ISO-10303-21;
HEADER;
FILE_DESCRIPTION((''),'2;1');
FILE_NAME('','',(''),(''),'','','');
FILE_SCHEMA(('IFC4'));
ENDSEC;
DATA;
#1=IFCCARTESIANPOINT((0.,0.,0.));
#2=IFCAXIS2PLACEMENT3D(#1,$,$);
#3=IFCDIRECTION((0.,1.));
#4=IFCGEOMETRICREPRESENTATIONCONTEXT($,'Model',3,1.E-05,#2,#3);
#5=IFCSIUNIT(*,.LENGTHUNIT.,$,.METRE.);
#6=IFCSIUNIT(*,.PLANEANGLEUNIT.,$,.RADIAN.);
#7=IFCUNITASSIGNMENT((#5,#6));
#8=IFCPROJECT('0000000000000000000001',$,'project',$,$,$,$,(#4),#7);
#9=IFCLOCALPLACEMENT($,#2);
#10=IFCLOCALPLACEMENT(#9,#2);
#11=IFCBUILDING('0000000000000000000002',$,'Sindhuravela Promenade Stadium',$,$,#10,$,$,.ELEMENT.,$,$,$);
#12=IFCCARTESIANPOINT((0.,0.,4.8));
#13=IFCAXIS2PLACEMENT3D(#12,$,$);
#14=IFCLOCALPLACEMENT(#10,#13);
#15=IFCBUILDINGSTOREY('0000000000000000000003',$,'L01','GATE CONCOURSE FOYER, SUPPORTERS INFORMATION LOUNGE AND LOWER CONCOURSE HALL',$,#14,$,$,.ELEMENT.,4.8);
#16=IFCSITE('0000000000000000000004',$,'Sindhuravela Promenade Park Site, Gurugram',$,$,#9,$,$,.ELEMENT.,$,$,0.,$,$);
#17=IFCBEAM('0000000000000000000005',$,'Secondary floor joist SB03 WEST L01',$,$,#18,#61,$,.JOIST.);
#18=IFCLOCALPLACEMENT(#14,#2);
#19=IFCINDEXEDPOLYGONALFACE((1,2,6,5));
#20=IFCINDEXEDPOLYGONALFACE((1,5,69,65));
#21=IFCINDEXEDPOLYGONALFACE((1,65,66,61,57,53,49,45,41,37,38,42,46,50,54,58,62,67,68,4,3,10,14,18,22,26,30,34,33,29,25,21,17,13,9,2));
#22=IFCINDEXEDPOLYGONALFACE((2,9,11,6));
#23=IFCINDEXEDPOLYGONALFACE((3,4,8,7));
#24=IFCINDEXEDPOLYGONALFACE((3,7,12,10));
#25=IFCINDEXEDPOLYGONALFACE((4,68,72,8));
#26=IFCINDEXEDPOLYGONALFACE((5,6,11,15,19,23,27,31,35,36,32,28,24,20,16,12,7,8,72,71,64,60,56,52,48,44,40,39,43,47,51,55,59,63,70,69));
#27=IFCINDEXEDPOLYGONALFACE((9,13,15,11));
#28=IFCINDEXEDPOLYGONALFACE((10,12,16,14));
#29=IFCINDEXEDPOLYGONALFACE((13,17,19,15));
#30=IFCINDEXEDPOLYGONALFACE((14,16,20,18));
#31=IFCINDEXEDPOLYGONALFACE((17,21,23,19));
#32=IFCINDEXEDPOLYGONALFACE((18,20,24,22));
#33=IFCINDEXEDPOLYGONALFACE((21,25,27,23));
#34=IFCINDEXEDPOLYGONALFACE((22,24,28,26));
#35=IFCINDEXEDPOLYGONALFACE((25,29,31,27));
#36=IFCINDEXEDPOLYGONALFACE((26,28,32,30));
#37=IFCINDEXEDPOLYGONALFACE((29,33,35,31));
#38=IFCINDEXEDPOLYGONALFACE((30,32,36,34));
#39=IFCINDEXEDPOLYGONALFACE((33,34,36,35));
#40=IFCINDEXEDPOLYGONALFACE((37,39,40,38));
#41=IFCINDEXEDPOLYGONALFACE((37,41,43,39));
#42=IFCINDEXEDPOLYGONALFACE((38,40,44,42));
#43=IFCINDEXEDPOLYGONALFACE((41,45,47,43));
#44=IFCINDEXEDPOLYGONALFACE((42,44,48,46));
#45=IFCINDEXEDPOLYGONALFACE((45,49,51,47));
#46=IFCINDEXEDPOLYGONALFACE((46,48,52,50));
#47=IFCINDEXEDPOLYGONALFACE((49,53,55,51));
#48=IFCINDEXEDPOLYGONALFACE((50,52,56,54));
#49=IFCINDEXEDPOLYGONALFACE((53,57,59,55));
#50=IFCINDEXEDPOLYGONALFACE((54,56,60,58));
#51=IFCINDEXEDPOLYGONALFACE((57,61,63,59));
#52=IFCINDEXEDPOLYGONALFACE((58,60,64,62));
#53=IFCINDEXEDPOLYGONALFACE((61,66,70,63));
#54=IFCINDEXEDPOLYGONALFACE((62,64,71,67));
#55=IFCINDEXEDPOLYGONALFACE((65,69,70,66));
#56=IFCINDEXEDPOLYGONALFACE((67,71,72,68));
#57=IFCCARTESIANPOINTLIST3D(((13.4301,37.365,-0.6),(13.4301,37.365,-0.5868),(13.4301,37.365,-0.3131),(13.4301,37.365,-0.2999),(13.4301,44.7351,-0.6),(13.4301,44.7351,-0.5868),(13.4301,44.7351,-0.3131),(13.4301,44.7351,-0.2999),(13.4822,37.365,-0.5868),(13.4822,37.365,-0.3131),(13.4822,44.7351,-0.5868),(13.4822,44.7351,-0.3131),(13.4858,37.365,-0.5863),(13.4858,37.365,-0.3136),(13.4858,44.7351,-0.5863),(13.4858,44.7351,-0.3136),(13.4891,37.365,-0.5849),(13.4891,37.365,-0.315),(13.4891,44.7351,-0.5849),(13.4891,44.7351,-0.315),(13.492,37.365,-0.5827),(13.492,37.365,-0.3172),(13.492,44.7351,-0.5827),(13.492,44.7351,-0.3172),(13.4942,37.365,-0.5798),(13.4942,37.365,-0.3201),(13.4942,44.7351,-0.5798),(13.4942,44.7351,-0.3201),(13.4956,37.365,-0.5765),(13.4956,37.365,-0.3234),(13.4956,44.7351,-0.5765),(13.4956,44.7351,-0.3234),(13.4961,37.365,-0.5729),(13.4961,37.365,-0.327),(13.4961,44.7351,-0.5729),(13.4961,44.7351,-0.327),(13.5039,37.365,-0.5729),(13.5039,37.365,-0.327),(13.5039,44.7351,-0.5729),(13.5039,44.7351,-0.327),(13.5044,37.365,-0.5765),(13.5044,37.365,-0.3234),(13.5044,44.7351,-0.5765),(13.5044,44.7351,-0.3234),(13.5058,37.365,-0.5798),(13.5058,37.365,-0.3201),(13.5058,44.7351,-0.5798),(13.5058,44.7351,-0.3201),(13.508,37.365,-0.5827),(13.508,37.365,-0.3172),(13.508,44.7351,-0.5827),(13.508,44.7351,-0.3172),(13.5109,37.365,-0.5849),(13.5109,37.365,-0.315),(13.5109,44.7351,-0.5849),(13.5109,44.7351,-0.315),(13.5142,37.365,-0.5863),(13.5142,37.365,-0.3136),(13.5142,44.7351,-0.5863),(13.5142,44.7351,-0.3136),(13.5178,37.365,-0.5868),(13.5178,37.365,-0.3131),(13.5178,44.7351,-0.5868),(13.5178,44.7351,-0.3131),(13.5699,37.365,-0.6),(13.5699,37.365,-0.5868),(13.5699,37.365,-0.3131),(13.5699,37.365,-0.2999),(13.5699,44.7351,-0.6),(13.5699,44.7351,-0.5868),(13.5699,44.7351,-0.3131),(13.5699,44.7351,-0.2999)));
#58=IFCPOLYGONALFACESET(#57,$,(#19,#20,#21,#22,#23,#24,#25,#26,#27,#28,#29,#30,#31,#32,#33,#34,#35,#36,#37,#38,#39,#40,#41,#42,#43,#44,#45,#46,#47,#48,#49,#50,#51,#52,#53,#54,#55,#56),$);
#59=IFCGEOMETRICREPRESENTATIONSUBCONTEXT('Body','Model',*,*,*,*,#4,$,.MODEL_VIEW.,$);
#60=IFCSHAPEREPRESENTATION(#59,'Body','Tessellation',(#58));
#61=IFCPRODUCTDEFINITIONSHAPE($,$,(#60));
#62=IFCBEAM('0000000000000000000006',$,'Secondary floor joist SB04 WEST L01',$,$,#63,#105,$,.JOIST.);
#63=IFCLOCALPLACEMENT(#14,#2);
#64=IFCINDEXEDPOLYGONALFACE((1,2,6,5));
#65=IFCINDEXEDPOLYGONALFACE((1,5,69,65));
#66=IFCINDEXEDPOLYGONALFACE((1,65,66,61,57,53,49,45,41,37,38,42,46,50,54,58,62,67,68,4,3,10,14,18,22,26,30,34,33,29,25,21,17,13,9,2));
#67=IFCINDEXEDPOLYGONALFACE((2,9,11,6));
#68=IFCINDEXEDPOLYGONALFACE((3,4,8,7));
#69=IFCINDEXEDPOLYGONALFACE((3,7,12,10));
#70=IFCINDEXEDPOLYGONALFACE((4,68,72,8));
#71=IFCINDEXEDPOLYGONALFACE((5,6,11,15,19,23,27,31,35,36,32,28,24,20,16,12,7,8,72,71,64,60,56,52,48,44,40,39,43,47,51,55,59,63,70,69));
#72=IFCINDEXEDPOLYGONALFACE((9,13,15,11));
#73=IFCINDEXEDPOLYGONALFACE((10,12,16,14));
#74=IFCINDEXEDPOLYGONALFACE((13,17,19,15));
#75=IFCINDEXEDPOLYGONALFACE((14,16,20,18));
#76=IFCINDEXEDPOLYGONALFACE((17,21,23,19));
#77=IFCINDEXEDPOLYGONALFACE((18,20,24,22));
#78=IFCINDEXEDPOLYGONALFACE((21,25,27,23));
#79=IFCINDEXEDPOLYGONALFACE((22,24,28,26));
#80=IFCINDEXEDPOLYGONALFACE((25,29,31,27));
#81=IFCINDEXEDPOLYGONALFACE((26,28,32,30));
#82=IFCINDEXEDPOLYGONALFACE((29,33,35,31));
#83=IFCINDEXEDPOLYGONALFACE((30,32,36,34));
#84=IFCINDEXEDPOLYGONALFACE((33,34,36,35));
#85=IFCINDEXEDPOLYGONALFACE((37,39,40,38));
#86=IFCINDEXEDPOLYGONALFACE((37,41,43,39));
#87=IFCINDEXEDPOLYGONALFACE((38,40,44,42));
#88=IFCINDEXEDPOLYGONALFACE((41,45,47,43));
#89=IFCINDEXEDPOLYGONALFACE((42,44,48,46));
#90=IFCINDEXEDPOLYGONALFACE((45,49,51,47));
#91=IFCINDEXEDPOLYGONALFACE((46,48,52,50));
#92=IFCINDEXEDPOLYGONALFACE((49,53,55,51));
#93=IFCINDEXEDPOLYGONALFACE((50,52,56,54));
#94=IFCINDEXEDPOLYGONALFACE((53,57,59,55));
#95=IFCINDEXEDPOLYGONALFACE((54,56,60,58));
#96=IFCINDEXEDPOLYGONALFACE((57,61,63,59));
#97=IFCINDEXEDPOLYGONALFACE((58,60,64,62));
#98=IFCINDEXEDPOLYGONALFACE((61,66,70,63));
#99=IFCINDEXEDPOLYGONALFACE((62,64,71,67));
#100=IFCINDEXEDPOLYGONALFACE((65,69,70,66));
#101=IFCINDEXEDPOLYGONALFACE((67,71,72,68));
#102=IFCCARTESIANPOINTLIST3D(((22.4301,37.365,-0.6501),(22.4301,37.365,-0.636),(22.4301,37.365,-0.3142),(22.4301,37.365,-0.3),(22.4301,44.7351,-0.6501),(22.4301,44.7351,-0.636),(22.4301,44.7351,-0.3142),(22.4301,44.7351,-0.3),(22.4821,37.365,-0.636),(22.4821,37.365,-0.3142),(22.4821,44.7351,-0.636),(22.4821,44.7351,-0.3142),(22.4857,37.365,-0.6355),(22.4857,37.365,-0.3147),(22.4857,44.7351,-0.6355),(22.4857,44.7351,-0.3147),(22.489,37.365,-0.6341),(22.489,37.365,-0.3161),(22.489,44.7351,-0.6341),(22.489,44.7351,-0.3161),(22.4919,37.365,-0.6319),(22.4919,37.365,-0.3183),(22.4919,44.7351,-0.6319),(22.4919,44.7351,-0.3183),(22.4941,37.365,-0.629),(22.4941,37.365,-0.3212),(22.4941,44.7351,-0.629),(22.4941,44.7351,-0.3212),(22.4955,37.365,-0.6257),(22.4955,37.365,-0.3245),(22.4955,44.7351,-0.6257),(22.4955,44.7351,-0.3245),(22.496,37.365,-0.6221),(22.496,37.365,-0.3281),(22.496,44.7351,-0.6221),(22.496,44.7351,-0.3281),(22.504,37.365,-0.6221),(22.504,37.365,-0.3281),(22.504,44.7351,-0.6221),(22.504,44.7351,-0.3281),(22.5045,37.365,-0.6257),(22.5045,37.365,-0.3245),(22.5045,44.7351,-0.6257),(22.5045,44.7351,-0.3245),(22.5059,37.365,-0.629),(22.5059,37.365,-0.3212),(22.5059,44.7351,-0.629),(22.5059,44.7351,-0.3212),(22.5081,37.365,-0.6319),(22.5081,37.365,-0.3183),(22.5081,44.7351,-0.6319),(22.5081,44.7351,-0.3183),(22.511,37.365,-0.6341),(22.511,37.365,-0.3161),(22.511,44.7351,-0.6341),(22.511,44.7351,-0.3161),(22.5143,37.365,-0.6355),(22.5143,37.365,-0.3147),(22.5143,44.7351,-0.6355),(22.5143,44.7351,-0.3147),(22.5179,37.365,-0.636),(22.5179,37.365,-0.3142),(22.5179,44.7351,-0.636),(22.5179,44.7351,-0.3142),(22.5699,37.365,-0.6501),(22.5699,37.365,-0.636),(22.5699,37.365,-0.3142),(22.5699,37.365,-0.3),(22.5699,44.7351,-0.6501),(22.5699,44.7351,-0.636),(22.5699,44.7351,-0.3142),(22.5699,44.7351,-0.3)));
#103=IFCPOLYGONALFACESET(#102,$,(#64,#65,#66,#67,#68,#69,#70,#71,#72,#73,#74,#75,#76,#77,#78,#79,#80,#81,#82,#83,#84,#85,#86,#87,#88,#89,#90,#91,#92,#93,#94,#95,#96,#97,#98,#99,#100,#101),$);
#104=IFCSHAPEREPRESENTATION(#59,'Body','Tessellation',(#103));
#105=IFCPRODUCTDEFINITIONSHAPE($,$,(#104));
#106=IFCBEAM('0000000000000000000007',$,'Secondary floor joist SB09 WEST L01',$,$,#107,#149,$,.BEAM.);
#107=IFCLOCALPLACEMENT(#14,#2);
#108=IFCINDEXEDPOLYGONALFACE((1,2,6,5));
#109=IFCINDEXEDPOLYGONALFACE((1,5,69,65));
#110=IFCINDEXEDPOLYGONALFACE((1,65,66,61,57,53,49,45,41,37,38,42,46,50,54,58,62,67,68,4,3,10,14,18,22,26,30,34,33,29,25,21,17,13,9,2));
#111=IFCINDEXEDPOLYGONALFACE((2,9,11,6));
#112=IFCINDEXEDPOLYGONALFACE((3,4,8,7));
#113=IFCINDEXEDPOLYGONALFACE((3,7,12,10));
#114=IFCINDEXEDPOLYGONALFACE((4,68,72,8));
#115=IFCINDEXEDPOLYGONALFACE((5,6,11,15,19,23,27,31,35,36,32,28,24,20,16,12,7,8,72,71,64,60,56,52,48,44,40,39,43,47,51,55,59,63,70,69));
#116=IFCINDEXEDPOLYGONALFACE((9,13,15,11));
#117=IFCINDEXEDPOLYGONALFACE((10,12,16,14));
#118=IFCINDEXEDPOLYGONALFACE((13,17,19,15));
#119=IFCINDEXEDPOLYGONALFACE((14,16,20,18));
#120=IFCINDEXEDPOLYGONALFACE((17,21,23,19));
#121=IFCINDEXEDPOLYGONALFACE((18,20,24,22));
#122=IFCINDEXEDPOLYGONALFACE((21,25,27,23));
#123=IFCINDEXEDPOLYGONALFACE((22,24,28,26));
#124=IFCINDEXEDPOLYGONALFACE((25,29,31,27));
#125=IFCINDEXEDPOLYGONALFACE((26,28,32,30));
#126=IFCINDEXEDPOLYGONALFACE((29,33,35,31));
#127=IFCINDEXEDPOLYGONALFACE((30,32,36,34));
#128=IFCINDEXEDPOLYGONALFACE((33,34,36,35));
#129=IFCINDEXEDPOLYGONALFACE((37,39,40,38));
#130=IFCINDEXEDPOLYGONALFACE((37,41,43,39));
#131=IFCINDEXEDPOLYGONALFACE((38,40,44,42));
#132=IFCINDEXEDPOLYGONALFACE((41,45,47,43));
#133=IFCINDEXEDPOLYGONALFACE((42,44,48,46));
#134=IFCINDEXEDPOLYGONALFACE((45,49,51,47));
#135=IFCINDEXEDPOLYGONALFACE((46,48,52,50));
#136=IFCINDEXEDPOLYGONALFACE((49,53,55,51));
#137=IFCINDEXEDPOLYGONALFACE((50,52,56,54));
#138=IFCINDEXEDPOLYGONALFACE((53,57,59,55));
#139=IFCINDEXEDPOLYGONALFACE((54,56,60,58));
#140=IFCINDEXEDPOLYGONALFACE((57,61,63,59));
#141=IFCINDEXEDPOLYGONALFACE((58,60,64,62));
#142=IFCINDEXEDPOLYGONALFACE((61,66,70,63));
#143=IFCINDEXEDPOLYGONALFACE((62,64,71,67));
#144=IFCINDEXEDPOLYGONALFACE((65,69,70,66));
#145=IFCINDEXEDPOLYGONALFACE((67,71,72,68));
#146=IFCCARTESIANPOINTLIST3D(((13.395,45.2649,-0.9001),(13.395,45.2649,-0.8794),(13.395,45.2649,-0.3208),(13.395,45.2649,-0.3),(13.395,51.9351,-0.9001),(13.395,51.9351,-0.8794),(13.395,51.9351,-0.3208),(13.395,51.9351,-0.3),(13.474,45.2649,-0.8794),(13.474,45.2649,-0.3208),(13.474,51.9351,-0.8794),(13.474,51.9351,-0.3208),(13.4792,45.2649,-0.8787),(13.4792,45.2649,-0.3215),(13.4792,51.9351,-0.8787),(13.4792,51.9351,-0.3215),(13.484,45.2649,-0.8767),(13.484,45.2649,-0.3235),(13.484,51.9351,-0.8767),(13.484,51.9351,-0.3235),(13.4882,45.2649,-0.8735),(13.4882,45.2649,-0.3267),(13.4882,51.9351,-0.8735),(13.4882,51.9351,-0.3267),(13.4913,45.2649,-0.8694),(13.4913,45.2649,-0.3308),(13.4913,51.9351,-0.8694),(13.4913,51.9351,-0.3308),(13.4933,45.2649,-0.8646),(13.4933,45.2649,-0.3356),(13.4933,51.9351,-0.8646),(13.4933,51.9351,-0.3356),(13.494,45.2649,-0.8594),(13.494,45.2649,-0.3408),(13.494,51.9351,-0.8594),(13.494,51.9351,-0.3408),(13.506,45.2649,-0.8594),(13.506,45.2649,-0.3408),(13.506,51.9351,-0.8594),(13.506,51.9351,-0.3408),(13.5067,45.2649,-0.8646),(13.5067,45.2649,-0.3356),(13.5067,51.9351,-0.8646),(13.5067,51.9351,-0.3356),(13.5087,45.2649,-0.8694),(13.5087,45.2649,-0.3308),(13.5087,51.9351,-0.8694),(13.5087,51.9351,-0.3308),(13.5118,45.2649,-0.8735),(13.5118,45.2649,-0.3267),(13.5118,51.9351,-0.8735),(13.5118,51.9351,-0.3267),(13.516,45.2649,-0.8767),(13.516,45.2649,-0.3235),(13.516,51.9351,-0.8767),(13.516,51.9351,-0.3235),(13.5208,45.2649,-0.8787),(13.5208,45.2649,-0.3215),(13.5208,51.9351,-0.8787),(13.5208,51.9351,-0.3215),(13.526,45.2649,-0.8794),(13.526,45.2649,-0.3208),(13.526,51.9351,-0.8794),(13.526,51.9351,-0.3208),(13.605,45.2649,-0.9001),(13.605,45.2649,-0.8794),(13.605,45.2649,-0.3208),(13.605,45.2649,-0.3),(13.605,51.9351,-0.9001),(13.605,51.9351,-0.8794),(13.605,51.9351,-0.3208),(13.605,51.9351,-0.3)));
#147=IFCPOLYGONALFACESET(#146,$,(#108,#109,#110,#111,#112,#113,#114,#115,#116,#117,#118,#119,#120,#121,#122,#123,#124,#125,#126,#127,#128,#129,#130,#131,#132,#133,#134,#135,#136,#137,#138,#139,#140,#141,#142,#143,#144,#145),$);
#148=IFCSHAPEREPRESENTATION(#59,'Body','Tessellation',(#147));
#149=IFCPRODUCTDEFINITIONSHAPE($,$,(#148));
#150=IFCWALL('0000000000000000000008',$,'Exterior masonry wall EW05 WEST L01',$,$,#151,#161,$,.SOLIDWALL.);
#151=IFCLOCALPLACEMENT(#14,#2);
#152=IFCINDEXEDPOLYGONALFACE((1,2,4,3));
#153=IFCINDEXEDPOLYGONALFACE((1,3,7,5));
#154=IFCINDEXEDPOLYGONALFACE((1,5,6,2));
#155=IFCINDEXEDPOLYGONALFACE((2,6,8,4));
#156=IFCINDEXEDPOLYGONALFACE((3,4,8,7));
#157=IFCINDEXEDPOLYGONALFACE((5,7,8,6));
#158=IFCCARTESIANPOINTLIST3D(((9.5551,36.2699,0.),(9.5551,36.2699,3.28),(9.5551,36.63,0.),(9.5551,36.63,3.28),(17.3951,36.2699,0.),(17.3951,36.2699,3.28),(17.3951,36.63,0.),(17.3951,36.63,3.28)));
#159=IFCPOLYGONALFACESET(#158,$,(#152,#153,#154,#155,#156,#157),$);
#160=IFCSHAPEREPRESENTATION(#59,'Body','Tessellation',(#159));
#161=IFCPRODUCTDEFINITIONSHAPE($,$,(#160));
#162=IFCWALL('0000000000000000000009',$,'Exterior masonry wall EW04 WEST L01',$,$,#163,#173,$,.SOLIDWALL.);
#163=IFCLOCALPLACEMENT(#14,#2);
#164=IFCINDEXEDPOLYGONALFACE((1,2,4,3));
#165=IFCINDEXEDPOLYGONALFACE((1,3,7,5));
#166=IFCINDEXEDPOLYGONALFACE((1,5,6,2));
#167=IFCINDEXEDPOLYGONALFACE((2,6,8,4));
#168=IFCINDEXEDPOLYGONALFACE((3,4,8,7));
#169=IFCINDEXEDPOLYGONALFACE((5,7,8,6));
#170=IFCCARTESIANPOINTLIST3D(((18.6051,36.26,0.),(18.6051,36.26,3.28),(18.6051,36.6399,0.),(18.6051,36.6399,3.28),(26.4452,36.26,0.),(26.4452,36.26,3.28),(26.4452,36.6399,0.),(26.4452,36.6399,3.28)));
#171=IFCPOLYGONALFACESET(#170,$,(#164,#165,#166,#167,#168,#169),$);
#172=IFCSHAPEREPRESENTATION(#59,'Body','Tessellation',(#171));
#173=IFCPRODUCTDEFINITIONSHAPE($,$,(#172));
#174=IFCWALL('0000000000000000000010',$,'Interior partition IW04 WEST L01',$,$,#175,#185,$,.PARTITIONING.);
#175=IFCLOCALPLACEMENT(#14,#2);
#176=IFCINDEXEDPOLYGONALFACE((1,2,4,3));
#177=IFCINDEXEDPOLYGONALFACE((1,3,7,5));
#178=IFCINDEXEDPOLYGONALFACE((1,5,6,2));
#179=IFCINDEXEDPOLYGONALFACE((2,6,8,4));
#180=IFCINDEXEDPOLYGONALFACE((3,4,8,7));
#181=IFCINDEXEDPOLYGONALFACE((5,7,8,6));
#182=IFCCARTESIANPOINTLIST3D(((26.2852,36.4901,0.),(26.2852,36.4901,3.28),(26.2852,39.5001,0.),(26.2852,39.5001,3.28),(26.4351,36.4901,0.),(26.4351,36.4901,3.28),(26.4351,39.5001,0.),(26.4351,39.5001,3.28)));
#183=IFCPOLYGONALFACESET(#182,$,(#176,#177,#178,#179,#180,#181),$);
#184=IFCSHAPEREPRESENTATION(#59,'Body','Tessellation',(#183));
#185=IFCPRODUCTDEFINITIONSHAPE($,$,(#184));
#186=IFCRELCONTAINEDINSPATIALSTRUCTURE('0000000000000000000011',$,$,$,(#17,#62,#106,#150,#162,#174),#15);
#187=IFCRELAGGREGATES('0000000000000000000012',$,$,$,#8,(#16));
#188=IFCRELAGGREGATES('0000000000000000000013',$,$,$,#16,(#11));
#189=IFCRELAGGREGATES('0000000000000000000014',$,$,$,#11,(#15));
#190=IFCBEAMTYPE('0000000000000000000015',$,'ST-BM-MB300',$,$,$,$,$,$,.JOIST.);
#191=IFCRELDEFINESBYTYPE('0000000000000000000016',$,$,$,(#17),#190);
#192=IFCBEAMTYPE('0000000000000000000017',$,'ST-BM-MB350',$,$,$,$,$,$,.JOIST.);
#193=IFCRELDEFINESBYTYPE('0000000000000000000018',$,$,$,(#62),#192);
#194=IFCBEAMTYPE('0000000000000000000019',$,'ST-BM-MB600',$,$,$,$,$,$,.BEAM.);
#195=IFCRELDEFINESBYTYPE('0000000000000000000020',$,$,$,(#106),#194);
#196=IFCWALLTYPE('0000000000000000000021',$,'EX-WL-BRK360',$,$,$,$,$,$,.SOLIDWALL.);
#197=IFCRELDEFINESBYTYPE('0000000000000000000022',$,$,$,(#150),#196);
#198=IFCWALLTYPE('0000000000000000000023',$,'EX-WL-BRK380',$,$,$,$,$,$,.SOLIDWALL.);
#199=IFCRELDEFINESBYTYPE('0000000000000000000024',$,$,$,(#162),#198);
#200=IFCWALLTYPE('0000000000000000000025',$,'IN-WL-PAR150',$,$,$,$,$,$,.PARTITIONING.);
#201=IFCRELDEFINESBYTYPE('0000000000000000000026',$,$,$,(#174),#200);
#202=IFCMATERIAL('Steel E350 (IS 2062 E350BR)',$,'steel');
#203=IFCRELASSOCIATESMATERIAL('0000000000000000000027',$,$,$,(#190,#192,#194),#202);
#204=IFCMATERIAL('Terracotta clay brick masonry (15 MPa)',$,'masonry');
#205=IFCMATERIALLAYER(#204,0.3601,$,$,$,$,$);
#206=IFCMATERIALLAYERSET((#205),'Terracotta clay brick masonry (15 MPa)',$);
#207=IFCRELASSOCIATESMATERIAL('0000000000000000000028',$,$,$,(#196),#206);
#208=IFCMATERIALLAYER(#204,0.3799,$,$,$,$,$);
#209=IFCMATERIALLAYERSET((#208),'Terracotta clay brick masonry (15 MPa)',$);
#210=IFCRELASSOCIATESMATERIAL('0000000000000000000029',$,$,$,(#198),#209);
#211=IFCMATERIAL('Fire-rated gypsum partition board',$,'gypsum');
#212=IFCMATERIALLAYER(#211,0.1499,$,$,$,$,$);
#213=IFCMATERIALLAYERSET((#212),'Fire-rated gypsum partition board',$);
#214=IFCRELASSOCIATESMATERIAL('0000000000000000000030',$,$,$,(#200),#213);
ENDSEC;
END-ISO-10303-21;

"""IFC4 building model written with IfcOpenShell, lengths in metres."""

from ifc_helpers import new_model, si_unit, direction, frame, frame_2d, origin, origin_2d, place, context, subcontext, project, spatial, rectangle, i_section, extrude, material, layer, layer_set, material_profile, profile_set, type_object, element, save


model = new_model("IFC4")

# Units and contexts
model_context = context("Model", 3, precision=1e-05, world=origin(), true_north=direction((0.0, 1.0)))
body_context = subcontext(model_context, "Body", "Model", "MODEL_VIEW")
ifc_project = project(units=[si_unit("LENGTHUNIT", "METRE"), si_unit("PLANEANGLEUNIT", "RADIAN")], contexts=[model_context])

# Site, building, storey
site_placement = place(None, origin())
site = spatial("IfcSite", under=ifc_project, at=site_placement, Name="Sindhuravela Promenade Park Site, Gurugram", CompositionType="ELEMENT", RefElevation=0.0)
building_placement = place(site_placement, origin())
building = spatial("IfcBuilding", under=site, at=building_placement, Name="Sindhuravela Promenade Stadium", CompositionType="ELEMENT")
storey_placement = place(building_placement, frame((0.0, 0.0, 4.8)))
storey = spatial("IfcBuildingStorey", under=building, at=storey_placement, Name="L01", Description="GATE CONCOURSE FOYER, SUPPORTERS INFORMATION LOUNGE AND LOWER CONCOURSE HALL", CompositionType="ELEMENT", Elevation=4.8)

# Beams
ifc_material_1 = material(Name="Steel E350 (IS 2062 E350BR)", Category="steel")
ifc_material_profile_1 = material_profile(ifc_material_1, i_section(OverallWidth=0.1399, OverallDepth=0.3, WebThickness=0.0078, FlangeThickness=0.0132, FilletRadius=0.0139, at=origin_2d()), Name="ISMB 300")
ifc_profile_set_1 = profile_set([ifc_material_profile_1], Name="Steel E350 (IS 2062 E350BR)")
beam_type_1 = type_object("IfcBeamType", Name="ST-BM-MB300", PredefinedType="JOIST", material=ifc_profile_set_1)
beam_1_placement = place(storey_placement, frame((13.5, 37.365, -0.45), z_axis=(0.0, 1.0, 0.0), x_axis=(-1.0, 0.0, 0.0)))
element("IfcBeam", 1, at=beam_1_placement, inside=storey, type_object=beam_type_1, Name="Secondary floor joist SB03 WEST L01", PredefinedType="JOIST", context=body_context, shape_type="SweptSolid", body=[
    extrude(i_section(OverallWidth=0.1399, OverallDepth=0.3, WebThickness=0.0078, FlangeThickness=0.0132, FilletRadius=0.0139, at=origin_2d()), origin(), (0.0, 0.0, 1.0), 7.3701),
])
ifc_material_profile_2 = material_profile(ifc_material_1, i_section(OverallWidth=0.1399, OverallDepth=0.3501, WebThickness=0.0081, FlangeThickness=0.0142, FilletRadius=0.0139, at=origin_2d()), Name="ISMB 350")
ifc_profile_set_2 = profile_set([ifc_material_profile_2], Name="Steel E350 (IS 2062 E350BR)")
beam_type_2 = type_object("IfcBeamType", Name="ST-BM-MB350", PredefinedType="JOIST", material=ifc_profile_set_2)
beam_2_placement = place(storey_placement, frame((22.5, 37.365, -0.4751), z_axis=(0.0, 1.0, 0.0), x_axis=(-1.0, 0.0, 0.0)))
element("IfcBeam", 2, at=beam_2_placement, inside=storey, type_object=beam_type_2, Name="Secondary floor joist SB04 WEST L01", PredefinedType="JOIST", context=body_context, shape_type="SweptSolid", body=[
    extrude(i_section(OverallWidth=0.1399, OverallDepth=0.3501, WebThickness=0.0081, FlangeThickness=0.0142, FilletRadius=0.0139, at=origin_2d()), origin(), (0.0, 0.0, 1.0), 7.3701),
])
ifc_material_profile_3 = material_profile(ifc_material_1, i_section(OverallWidth=0.21, OverallDepth=0.6001, WebThickness=0.012, FlangeThickness=0.0208, FilletRadius=0.02, at=origin_2d()), Name="ISMB 600")
ifc_profile_set_3 = profile_set([ifc_material_profile_3], Name="Steel E350 (IS 2062 E350BR)")
beam_type_3 = type_object("IfcBeamType", Name="ST-BM-MB600", PredefinedType="BEAM", material=ifc_profile_set_3)
beam_3_placement = place(storey_placement, frame((13.5, 45.2649, -0.6001), z_axis=(0.0, 1.0, 0.0), x_axis=(-1.0, 0.0, 0.0)))
element("IfcBeam", 3, at=beam_3_placement, inside=storey, type_object=beam_type_3, Name="Secondary floor joist SB09 WEST L01", PredefinedType="BEAM", context=body_context, shape_type="SweptSolid", body=[
    extrude(i_section(OverallWidth=0.21, OverallDepth=0.6001, WebThickness=0.012, FlangeThickness=0.0208, FilletRadius=0.02, at=origin_2d()), origin(), (0.0, 0.0, 1.0), 6.6702),
])

# Walls
ifc_material_2 = material(Name="Terracotta clay brick masonry (15 MPa)", Category="masonry")
ifc_layer_1 = layer(ifc_material_2, 0.3601)
ifc_layer_set_1 = layer_set([ifc_layer_1], Name="Terracotta clay brick masonry (15 MPa)")
wall_type_1 = type_object("IfcWallType", Name="EX-WL-BRK360", PredefinedType="SOLIDWALL", material=ifc_layer_set_1)
wall_1_placement = place(storey_placement, frame((17.395, 36.45, 0.0), z_axis=(0.0, 0.0, 1.0), x_axis=(-1.0, 0.0, 0.0)))
element("IfcWall", 4, at=wall_1_placement, inside=storey, type_object=wall_type_1, Name="Exterior masonry wall EW05 WEST L01", PredefinedType="SOLIDWALL", context=body_context, shape_type="SweptSolid", body=[
    extrude(rectangle(XDim=7.8401, YDim=0.3601, at=frame_2d((3.9199, 0.0))), origin(), (0.0, 0.0, 1.0), 3.28),
])
ifc_layer_2 = layer(ifc_material_2, 0.3799)
ifc_layer_set_2 = layer_set([ifc_layer_2], Name="Terracotta clay brick masonry (15 MPa)")
wall_type_2 = type_object("IfcWallType", Name="EX-WL-BRK380", PredefinedType="SOLIDWALL", material=ifc_layer_set_2)
wall_2_placement = place(storey_placement, frame((26.4451, 36.45, 0.0), z_axis=(0.0, 0.0, 1.0), x_axis=(-1.0, 0.0, 0.0)))
element("IfcWall", 5, at=wall_2_placement, inside=storey, type_object=wall_type_2, Name="Exterior masonry wall EW04 WEST L01", PredefinedType="SOLIDWALL", context=body_context, shape_type="SweptSolid", body=[
    extrude(rectangle(XDim=7.8401, YDim=0.3799, at=frame_2d((3.9199, 0.0))), origin(), (0.0, 0.0, 1.0), 3.28),
])
ifc_material_3 = material(Name="Fire-rated gypsum partition board", Category="gypsum")
ifc_layer_3 = layer(ifc_material_3, 0.1499)
ifc_layer_set_3 = layer_set([ifc_layer_3], Name="Fire-rated gypsum partition board")
wall_type_3 = type_object("IfcWallType", Name="IN-WL-PAR150", PredefinedType="PARTITIONING", material=ifc_layer_set_3)
wall_3_placement = place(storey_placement, frame((26.3601, 39.5, 0.0), z_axis=(0.0, 0.0, 1.0), x_axis=(0.0, -1.0, 0.0)))
element("IfcWall", 6, at=wall_3_placement, inside=storey, type_object=wall_type_3, Name="Interior partition IW04 WEST L01", PredefinedType="PARTITIONING", context=body_context, shape_type="SweptSolid", body=[
    extrude(rectangle(XDim=3.01, YDim=0.1499, at=frame_2d((1.5049, 0.0))), origin(), (0.0, 0.0, 1.0), 3.28),
])

save(model, "model.ifc")
